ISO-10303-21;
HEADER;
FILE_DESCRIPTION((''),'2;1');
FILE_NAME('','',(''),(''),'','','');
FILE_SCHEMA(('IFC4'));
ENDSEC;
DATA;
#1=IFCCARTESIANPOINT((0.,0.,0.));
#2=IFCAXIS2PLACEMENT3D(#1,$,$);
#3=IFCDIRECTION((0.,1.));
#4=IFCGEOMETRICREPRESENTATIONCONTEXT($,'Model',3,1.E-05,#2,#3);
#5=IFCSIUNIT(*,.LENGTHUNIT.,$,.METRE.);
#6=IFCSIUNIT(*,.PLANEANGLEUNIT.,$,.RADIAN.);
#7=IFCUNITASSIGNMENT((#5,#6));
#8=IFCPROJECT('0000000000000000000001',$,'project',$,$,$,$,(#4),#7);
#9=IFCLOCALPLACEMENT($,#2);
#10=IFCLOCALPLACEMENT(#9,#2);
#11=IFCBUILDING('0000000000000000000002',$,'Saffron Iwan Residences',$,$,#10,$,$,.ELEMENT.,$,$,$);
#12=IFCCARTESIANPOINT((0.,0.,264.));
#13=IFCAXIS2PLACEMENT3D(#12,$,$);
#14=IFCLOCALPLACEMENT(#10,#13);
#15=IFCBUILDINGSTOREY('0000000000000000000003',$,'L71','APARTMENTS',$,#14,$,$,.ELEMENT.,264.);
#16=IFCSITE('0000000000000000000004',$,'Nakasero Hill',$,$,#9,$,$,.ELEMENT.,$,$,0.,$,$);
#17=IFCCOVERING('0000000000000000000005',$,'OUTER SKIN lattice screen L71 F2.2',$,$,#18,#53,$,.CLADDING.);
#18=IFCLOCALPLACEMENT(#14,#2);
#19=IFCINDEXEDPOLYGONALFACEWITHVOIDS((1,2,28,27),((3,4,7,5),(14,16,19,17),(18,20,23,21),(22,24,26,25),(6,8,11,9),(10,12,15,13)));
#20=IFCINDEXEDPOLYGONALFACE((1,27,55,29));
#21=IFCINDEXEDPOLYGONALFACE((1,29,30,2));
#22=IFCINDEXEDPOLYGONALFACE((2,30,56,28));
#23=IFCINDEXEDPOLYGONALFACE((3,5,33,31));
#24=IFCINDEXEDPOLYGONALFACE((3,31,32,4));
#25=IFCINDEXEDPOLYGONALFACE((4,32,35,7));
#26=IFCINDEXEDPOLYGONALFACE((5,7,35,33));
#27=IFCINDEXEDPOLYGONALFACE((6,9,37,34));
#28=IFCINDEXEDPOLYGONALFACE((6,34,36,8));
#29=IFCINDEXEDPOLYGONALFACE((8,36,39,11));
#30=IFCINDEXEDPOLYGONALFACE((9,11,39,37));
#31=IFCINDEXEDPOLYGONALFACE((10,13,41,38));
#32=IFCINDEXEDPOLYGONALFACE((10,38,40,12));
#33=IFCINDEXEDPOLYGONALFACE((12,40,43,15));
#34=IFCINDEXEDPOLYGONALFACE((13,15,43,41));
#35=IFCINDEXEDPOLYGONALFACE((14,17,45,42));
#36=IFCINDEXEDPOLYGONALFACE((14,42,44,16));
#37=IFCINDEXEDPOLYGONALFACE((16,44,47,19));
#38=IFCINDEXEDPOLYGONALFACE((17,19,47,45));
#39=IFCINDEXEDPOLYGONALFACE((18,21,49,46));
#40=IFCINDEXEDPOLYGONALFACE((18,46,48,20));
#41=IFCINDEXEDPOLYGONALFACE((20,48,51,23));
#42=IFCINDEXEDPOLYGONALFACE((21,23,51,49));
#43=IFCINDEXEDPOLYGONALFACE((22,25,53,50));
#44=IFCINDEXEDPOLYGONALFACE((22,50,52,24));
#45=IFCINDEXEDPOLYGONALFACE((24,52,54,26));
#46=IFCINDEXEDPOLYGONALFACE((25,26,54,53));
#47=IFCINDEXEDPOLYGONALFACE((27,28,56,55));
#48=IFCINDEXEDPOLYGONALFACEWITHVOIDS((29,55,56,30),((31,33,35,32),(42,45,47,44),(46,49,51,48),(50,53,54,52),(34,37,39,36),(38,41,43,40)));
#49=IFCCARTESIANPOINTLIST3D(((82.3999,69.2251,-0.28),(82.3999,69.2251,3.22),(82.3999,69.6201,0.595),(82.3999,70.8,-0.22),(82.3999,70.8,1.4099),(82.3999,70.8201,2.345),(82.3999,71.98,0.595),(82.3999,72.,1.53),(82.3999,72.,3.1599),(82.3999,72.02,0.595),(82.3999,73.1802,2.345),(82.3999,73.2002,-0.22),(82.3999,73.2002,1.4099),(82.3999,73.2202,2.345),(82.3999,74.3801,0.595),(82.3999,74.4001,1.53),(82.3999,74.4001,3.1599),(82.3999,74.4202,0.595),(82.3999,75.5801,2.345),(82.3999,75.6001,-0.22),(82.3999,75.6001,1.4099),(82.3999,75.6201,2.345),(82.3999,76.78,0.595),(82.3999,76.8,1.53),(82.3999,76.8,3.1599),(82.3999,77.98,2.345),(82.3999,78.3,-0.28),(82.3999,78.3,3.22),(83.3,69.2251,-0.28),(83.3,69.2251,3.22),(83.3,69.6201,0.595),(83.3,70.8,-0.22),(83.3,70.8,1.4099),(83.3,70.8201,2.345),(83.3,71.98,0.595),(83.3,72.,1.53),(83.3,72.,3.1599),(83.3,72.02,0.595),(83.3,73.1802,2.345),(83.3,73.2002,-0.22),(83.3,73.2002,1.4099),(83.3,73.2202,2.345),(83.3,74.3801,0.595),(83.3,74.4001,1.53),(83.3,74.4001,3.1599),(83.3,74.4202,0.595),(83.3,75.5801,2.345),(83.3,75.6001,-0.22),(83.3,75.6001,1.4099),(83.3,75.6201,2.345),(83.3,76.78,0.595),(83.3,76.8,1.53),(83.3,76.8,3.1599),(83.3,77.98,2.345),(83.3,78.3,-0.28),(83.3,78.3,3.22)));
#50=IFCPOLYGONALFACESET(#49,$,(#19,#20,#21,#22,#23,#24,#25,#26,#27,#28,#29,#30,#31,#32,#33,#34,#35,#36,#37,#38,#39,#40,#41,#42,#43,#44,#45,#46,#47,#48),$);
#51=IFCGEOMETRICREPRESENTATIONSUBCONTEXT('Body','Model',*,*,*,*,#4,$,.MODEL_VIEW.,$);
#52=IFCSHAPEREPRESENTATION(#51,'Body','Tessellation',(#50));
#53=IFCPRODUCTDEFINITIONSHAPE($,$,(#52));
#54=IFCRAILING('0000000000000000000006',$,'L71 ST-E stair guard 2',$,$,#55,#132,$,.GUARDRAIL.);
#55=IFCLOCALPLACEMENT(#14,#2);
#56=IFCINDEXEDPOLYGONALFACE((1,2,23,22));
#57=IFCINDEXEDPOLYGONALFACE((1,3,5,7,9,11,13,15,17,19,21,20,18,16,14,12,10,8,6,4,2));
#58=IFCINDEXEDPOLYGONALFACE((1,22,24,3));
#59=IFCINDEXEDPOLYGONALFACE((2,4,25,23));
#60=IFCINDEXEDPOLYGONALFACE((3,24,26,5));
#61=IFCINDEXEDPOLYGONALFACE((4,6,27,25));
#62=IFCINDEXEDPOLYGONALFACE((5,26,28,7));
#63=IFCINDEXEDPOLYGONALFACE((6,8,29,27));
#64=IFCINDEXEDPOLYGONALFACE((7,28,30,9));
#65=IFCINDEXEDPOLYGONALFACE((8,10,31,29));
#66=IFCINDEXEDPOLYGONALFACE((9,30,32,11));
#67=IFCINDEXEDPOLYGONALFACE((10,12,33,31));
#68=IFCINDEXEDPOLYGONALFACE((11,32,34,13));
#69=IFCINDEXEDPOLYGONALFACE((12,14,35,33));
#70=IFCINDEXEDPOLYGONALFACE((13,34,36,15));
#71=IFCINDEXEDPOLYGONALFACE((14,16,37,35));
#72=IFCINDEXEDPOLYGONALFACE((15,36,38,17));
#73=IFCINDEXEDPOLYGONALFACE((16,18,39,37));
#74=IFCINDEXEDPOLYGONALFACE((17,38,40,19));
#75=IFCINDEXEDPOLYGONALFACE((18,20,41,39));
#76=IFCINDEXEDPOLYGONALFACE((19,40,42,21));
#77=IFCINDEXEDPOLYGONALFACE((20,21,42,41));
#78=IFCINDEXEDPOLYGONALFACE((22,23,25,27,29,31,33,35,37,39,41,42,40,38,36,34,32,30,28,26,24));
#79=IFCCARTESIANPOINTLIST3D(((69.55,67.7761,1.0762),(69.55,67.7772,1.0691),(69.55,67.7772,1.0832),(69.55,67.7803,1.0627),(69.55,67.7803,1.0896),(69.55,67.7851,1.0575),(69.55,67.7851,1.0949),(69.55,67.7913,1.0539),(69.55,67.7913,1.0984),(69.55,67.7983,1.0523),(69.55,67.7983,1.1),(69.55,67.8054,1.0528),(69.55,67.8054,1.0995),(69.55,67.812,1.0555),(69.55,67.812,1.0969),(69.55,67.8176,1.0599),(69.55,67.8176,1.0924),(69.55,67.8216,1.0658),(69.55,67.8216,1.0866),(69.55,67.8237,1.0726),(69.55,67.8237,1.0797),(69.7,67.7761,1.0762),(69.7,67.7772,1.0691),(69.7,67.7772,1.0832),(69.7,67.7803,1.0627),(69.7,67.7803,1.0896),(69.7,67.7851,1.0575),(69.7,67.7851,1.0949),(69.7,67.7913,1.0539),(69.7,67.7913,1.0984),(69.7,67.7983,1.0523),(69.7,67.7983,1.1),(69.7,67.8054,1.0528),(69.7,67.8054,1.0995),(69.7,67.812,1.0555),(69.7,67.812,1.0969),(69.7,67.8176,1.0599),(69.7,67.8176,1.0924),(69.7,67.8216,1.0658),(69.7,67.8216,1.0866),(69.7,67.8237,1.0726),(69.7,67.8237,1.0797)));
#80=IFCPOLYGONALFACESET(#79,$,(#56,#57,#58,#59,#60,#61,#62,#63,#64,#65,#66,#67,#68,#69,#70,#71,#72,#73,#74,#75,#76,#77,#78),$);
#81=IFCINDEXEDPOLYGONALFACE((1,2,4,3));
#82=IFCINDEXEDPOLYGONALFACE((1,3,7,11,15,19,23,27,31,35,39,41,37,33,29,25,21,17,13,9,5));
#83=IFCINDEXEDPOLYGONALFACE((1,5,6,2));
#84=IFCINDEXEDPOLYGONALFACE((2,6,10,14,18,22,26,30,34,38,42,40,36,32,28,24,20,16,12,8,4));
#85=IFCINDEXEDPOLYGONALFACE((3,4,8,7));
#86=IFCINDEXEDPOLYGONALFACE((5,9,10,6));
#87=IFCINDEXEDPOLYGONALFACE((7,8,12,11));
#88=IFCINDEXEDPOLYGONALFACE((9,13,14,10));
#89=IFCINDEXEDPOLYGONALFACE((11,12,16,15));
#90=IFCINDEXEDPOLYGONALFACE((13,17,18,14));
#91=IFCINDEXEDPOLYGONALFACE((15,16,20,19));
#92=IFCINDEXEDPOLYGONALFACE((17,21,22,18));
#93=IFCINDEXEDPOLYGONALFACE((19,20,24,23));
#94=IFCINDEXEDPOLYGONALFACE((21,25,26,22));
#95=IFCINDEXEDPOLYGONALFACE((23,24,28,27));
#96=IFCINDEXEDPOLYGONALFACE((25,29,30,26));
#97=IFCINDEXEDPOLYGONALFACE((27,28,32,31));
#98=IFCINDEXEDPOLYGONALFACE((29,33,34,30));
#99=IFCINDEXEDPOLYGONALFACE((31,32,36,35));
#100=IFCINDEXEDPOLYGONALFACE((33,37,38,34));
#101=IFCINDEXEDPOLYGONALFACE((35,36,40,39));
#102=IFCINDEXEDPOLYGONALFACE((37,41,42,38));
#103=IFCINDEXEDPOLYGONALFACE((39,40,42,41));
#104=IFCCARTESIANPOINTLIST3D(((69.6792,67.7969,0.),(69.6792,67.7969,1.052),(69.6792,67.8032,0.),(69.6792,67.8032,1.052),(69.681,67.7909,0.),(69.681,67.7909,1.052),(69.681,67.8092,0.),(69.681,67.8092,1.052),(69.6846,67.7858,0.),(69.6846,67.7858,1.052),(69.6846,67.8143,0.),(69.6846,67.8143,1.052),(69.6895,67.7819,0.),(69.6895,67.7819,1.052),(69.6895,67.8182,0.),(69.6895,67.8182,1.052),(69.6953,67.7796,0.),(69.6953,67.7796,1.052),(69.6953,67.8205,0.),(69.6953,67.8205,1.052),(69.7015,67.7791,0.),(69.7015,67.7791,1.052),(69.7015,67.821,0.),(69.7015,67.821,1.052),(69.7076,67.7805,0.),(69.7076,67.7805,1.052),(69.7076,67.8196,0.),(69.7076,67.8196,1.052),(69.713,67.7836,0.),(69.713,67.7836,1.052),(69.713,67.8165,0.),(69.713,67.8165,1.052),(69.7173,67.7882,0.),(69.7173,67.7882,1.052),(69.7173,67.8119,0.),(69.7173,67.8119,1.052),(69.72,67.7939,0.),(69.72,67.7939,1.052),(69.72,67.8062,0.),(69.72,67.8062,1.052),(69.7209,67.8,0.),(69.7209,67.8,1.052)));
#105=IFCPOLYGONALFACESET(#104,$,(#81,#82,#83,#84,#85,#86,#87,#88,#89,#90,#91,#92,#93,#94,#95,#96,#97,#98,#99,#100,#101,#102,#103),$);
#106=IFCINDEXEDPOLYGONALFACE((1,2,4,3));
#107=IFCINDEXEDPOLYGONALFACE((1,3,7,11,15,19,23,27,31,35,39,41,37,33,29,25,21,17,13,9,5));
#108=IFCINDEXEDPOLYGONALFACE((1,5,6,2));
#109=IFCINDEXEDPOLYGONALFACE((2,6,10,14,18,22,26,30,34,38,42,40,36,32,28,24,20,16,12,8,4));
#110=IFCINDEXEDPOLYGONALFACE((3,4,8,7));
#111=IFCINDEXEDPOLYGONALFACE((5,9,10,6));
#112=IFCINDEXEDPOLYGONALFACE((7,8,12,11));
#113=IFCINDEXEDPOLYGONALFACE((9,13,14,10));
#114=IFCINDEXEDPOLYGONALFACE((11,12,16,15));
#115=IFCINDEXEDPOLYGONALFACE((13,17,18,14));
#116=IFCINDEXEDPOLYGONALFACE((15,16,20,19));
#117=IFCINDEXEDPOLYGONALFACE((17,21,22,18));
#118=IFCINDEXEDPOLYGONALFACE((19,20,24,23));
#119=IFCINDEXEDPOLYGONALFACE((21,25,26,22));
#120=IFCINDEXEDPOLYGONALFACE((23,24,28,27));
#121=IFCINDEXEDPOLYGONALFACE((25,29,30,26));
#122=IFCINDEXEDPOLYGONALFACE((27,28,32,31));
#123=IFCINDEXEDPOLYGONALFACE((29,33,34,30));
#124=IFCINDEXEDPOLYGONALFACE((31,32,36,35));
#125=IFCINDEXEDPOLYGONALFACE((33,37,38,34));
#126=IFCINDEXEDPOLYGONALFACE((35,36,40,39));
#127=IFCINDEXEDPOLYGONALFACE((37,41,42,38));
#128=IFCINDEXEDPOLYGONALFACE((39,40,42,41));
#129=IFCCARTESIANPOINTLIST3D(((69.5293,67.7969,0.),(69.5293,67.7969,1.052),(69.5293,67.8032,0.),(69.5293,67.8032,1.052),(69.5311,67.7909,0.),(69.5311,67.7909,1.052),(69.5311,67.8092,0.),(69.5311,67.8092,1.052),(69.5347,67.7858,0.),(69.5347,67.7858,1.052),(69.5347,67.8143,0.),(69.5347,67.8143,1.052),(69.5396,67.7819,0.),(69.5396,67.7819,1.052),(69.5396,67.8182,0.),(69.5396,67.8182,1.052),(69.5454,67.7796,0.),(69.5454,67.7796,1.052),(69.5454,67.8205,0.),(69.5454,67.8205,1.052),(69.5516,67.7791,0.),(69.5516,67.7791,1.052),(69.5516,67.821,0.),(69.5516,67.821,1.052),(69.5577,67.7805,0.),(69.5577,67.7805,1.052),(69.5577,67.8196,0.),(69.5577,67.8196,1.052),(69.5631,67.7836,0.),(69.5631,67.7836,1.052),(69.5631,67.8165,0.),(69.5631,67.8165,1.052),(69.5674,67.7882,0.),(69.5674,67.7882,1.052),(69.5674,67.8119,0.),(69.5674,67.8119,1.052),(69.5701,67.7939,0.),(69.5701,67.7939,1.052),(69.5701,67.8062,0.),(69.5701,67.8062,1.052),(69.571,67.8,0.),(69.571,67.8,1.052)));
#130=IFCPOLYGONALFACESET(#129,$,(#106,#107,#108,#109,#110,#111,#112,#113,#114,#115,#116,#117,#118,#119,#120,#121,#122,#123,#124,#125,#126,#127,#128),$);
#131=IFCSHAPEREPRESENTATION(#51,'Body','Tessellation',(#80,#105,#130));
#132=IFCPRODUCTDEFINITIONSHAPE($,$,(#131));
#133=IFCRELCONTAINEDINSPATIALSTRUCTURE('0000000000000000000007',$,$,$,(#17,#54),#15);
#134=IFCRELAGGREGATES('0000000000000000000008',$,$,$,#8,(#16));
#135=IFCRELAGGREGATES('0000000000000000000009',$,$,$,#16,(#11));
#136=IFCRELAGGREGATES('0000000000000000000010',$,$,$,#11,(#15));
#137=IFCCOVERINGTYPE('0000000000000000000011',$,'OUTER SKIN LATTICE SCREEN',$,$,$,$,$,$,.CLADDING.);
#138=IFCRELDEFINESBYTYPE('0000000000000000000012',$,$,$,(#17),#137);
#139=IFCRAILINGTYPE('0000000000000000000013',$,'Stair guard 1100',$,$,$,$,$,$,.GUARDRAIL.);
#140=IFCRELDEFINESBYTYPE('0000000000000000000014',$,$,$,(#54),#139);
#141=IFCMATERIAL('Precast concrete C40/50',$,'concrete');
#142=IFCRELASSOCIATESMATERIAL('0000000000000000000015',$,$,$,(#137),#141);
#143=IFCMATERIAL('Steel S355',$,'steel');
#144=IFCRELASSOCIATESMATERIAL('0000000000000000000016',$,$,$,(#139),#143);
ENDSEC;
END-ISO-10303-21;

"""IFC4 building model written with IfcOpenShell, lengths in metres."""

from ifc_helpers import new_model, si_unit, direction, frame, origin, origin_2d, place, context, subcontext, project, spatial, polyline, circle, outline, extrude, material, type_object, element, save


model = new_model("IFC4")

# Units and contexts
model_context = context("Model", 3, precision=1e-05, world=origin(), true_north=direction((0.0, 1.0)))
body_context = subcontext(model_context, "Body", "Model", "MODEL_VIEW")
ifc_project = project(units=[si_unit("LENGTHUNIT", "METRE"), si_unit("PLANEANGLEUNIT", "RADIAN")], contexts=[model_context])

# Site, building, storey
site_placement = place(None, origin())
site = spatial("IfcSite", under=ifc_project, at=site_placement, Name="Nakasero Hill", CompositionType="ELEMENT", RefElevation=0.0)
building_placement = place(site_placement, origin())
building = spatial("IfcBuilding", under=site, at=building_placement, Name="Saffron Iwan Residences", CompositionType="ELEMENT")
storey_placement = place(building_placement, frame((0.0, 0.0, 264.0)))
storey = spatial("IfcBuildingStorey", under=building, at=storey_placement, Name="L71", Description="APARTMENTS", CompositionType="ELEMENT", Elevation=264.0)

# Covering
ifc_material_1 = material(Name="Precast concrete C40/50", Category="concrete")
covering_type = type_object("IfcCoveringType", Name="OUTER SKIN LATTICE SCREEN", PredefinedType="CLADDING", material=ifc_material_1)
covering_1_placement = place(storey_placement, frame((82.3999, 69.2251, -0.28), z_axis=(1.0, 0.0, 0.0), x_axis=(0.0, 1.0, 0.0)))
element("IfcCovering", 1, at=covering_1_placement, inside=storey, type_object=covering_type, Name="OUTER SKIN lattice screen L71 F2.2", PredefinedType="CLADDING", context=body_context, shape_type="SweptSolid", body=[
    extrude(outline(polyline([(0.0, 0.0), (9.075, 0.0), (9.075, 3.5), (0.0, 3.5), (0.0, 0.0)]), holes=[polyline([(0.395, 0.875), (1.575, 0.0601), (2.7549, 0.875), (1.575, 1.6899), (0.395, 0.875)]), polyline([(2.7949, 0.875), (3.9751, 0.0601), (5.155, 0.875), (3.9751, 1.6899), (2.7949, 0.875)]), polyline([(5.1951, 0.875), (6.375, 0.0601), (7.5549, 0.875), (6.375, 1.6899), (5.1951, 0.875)]), polyline([(1.595, 2.625), (2.7749, 1.8101), (3.9551, 2.625), (2.7749, 3.4399), (1.595, 2.625)]), polyline([(3.9951, 2.625), (5.175, 1.8101), (6.355, 2.625), (5.175, 3.4399), (3.9951, 2.625)]), polyline([(6.395, 2.625), (7.575, 1.8101), (8.7549, 2.625), (7.575, 3.4399), (6.395, 2.625)])]), origin(), (0.0, 0.0, 1.0), 0.9001),
])

# Railing
ifc_material_2 = material(Name="Steel S355", Category="steel")
railing_type_1 = type_object("IfcRailingType", Name="Stair guard 1100", PredefinedType="GUARDRAIL", material=ifc_material_2)
railing_1_placement = place(storey_placement, frame((69.7, 67.8, 0.0)))
element("IfcRailing", 2, at=railing_1_placement, inside=storey, type_object=railing_type_1, Name="L71 ST-E stair guard 2", PredefinedType="GUARDRAIL", context=body_context, shape_type="SweptSolid", body=[
    extrude(circle(Radius=0.0239, at=origin_2d()), frame((0.0, 0.0, 1.0762), z_axis=(-1.0, 0.0, 0.0), x_axis=(0.0, -1.0, 0.0)), (0.0, 0.0, 1.0), 0.1499),
    extrude(circle(Radius=0.021, at=origin_2d()), origin(), (0.0, 0.0, 1.0), 1.052),
    extrude(circle(Radius=0.021, at=origin_2d()), frame((-0.1499, 0.0, 0.0)), (0.0, 0.0, 1.0), 1.052),
])

save(model, "model.ifc")
